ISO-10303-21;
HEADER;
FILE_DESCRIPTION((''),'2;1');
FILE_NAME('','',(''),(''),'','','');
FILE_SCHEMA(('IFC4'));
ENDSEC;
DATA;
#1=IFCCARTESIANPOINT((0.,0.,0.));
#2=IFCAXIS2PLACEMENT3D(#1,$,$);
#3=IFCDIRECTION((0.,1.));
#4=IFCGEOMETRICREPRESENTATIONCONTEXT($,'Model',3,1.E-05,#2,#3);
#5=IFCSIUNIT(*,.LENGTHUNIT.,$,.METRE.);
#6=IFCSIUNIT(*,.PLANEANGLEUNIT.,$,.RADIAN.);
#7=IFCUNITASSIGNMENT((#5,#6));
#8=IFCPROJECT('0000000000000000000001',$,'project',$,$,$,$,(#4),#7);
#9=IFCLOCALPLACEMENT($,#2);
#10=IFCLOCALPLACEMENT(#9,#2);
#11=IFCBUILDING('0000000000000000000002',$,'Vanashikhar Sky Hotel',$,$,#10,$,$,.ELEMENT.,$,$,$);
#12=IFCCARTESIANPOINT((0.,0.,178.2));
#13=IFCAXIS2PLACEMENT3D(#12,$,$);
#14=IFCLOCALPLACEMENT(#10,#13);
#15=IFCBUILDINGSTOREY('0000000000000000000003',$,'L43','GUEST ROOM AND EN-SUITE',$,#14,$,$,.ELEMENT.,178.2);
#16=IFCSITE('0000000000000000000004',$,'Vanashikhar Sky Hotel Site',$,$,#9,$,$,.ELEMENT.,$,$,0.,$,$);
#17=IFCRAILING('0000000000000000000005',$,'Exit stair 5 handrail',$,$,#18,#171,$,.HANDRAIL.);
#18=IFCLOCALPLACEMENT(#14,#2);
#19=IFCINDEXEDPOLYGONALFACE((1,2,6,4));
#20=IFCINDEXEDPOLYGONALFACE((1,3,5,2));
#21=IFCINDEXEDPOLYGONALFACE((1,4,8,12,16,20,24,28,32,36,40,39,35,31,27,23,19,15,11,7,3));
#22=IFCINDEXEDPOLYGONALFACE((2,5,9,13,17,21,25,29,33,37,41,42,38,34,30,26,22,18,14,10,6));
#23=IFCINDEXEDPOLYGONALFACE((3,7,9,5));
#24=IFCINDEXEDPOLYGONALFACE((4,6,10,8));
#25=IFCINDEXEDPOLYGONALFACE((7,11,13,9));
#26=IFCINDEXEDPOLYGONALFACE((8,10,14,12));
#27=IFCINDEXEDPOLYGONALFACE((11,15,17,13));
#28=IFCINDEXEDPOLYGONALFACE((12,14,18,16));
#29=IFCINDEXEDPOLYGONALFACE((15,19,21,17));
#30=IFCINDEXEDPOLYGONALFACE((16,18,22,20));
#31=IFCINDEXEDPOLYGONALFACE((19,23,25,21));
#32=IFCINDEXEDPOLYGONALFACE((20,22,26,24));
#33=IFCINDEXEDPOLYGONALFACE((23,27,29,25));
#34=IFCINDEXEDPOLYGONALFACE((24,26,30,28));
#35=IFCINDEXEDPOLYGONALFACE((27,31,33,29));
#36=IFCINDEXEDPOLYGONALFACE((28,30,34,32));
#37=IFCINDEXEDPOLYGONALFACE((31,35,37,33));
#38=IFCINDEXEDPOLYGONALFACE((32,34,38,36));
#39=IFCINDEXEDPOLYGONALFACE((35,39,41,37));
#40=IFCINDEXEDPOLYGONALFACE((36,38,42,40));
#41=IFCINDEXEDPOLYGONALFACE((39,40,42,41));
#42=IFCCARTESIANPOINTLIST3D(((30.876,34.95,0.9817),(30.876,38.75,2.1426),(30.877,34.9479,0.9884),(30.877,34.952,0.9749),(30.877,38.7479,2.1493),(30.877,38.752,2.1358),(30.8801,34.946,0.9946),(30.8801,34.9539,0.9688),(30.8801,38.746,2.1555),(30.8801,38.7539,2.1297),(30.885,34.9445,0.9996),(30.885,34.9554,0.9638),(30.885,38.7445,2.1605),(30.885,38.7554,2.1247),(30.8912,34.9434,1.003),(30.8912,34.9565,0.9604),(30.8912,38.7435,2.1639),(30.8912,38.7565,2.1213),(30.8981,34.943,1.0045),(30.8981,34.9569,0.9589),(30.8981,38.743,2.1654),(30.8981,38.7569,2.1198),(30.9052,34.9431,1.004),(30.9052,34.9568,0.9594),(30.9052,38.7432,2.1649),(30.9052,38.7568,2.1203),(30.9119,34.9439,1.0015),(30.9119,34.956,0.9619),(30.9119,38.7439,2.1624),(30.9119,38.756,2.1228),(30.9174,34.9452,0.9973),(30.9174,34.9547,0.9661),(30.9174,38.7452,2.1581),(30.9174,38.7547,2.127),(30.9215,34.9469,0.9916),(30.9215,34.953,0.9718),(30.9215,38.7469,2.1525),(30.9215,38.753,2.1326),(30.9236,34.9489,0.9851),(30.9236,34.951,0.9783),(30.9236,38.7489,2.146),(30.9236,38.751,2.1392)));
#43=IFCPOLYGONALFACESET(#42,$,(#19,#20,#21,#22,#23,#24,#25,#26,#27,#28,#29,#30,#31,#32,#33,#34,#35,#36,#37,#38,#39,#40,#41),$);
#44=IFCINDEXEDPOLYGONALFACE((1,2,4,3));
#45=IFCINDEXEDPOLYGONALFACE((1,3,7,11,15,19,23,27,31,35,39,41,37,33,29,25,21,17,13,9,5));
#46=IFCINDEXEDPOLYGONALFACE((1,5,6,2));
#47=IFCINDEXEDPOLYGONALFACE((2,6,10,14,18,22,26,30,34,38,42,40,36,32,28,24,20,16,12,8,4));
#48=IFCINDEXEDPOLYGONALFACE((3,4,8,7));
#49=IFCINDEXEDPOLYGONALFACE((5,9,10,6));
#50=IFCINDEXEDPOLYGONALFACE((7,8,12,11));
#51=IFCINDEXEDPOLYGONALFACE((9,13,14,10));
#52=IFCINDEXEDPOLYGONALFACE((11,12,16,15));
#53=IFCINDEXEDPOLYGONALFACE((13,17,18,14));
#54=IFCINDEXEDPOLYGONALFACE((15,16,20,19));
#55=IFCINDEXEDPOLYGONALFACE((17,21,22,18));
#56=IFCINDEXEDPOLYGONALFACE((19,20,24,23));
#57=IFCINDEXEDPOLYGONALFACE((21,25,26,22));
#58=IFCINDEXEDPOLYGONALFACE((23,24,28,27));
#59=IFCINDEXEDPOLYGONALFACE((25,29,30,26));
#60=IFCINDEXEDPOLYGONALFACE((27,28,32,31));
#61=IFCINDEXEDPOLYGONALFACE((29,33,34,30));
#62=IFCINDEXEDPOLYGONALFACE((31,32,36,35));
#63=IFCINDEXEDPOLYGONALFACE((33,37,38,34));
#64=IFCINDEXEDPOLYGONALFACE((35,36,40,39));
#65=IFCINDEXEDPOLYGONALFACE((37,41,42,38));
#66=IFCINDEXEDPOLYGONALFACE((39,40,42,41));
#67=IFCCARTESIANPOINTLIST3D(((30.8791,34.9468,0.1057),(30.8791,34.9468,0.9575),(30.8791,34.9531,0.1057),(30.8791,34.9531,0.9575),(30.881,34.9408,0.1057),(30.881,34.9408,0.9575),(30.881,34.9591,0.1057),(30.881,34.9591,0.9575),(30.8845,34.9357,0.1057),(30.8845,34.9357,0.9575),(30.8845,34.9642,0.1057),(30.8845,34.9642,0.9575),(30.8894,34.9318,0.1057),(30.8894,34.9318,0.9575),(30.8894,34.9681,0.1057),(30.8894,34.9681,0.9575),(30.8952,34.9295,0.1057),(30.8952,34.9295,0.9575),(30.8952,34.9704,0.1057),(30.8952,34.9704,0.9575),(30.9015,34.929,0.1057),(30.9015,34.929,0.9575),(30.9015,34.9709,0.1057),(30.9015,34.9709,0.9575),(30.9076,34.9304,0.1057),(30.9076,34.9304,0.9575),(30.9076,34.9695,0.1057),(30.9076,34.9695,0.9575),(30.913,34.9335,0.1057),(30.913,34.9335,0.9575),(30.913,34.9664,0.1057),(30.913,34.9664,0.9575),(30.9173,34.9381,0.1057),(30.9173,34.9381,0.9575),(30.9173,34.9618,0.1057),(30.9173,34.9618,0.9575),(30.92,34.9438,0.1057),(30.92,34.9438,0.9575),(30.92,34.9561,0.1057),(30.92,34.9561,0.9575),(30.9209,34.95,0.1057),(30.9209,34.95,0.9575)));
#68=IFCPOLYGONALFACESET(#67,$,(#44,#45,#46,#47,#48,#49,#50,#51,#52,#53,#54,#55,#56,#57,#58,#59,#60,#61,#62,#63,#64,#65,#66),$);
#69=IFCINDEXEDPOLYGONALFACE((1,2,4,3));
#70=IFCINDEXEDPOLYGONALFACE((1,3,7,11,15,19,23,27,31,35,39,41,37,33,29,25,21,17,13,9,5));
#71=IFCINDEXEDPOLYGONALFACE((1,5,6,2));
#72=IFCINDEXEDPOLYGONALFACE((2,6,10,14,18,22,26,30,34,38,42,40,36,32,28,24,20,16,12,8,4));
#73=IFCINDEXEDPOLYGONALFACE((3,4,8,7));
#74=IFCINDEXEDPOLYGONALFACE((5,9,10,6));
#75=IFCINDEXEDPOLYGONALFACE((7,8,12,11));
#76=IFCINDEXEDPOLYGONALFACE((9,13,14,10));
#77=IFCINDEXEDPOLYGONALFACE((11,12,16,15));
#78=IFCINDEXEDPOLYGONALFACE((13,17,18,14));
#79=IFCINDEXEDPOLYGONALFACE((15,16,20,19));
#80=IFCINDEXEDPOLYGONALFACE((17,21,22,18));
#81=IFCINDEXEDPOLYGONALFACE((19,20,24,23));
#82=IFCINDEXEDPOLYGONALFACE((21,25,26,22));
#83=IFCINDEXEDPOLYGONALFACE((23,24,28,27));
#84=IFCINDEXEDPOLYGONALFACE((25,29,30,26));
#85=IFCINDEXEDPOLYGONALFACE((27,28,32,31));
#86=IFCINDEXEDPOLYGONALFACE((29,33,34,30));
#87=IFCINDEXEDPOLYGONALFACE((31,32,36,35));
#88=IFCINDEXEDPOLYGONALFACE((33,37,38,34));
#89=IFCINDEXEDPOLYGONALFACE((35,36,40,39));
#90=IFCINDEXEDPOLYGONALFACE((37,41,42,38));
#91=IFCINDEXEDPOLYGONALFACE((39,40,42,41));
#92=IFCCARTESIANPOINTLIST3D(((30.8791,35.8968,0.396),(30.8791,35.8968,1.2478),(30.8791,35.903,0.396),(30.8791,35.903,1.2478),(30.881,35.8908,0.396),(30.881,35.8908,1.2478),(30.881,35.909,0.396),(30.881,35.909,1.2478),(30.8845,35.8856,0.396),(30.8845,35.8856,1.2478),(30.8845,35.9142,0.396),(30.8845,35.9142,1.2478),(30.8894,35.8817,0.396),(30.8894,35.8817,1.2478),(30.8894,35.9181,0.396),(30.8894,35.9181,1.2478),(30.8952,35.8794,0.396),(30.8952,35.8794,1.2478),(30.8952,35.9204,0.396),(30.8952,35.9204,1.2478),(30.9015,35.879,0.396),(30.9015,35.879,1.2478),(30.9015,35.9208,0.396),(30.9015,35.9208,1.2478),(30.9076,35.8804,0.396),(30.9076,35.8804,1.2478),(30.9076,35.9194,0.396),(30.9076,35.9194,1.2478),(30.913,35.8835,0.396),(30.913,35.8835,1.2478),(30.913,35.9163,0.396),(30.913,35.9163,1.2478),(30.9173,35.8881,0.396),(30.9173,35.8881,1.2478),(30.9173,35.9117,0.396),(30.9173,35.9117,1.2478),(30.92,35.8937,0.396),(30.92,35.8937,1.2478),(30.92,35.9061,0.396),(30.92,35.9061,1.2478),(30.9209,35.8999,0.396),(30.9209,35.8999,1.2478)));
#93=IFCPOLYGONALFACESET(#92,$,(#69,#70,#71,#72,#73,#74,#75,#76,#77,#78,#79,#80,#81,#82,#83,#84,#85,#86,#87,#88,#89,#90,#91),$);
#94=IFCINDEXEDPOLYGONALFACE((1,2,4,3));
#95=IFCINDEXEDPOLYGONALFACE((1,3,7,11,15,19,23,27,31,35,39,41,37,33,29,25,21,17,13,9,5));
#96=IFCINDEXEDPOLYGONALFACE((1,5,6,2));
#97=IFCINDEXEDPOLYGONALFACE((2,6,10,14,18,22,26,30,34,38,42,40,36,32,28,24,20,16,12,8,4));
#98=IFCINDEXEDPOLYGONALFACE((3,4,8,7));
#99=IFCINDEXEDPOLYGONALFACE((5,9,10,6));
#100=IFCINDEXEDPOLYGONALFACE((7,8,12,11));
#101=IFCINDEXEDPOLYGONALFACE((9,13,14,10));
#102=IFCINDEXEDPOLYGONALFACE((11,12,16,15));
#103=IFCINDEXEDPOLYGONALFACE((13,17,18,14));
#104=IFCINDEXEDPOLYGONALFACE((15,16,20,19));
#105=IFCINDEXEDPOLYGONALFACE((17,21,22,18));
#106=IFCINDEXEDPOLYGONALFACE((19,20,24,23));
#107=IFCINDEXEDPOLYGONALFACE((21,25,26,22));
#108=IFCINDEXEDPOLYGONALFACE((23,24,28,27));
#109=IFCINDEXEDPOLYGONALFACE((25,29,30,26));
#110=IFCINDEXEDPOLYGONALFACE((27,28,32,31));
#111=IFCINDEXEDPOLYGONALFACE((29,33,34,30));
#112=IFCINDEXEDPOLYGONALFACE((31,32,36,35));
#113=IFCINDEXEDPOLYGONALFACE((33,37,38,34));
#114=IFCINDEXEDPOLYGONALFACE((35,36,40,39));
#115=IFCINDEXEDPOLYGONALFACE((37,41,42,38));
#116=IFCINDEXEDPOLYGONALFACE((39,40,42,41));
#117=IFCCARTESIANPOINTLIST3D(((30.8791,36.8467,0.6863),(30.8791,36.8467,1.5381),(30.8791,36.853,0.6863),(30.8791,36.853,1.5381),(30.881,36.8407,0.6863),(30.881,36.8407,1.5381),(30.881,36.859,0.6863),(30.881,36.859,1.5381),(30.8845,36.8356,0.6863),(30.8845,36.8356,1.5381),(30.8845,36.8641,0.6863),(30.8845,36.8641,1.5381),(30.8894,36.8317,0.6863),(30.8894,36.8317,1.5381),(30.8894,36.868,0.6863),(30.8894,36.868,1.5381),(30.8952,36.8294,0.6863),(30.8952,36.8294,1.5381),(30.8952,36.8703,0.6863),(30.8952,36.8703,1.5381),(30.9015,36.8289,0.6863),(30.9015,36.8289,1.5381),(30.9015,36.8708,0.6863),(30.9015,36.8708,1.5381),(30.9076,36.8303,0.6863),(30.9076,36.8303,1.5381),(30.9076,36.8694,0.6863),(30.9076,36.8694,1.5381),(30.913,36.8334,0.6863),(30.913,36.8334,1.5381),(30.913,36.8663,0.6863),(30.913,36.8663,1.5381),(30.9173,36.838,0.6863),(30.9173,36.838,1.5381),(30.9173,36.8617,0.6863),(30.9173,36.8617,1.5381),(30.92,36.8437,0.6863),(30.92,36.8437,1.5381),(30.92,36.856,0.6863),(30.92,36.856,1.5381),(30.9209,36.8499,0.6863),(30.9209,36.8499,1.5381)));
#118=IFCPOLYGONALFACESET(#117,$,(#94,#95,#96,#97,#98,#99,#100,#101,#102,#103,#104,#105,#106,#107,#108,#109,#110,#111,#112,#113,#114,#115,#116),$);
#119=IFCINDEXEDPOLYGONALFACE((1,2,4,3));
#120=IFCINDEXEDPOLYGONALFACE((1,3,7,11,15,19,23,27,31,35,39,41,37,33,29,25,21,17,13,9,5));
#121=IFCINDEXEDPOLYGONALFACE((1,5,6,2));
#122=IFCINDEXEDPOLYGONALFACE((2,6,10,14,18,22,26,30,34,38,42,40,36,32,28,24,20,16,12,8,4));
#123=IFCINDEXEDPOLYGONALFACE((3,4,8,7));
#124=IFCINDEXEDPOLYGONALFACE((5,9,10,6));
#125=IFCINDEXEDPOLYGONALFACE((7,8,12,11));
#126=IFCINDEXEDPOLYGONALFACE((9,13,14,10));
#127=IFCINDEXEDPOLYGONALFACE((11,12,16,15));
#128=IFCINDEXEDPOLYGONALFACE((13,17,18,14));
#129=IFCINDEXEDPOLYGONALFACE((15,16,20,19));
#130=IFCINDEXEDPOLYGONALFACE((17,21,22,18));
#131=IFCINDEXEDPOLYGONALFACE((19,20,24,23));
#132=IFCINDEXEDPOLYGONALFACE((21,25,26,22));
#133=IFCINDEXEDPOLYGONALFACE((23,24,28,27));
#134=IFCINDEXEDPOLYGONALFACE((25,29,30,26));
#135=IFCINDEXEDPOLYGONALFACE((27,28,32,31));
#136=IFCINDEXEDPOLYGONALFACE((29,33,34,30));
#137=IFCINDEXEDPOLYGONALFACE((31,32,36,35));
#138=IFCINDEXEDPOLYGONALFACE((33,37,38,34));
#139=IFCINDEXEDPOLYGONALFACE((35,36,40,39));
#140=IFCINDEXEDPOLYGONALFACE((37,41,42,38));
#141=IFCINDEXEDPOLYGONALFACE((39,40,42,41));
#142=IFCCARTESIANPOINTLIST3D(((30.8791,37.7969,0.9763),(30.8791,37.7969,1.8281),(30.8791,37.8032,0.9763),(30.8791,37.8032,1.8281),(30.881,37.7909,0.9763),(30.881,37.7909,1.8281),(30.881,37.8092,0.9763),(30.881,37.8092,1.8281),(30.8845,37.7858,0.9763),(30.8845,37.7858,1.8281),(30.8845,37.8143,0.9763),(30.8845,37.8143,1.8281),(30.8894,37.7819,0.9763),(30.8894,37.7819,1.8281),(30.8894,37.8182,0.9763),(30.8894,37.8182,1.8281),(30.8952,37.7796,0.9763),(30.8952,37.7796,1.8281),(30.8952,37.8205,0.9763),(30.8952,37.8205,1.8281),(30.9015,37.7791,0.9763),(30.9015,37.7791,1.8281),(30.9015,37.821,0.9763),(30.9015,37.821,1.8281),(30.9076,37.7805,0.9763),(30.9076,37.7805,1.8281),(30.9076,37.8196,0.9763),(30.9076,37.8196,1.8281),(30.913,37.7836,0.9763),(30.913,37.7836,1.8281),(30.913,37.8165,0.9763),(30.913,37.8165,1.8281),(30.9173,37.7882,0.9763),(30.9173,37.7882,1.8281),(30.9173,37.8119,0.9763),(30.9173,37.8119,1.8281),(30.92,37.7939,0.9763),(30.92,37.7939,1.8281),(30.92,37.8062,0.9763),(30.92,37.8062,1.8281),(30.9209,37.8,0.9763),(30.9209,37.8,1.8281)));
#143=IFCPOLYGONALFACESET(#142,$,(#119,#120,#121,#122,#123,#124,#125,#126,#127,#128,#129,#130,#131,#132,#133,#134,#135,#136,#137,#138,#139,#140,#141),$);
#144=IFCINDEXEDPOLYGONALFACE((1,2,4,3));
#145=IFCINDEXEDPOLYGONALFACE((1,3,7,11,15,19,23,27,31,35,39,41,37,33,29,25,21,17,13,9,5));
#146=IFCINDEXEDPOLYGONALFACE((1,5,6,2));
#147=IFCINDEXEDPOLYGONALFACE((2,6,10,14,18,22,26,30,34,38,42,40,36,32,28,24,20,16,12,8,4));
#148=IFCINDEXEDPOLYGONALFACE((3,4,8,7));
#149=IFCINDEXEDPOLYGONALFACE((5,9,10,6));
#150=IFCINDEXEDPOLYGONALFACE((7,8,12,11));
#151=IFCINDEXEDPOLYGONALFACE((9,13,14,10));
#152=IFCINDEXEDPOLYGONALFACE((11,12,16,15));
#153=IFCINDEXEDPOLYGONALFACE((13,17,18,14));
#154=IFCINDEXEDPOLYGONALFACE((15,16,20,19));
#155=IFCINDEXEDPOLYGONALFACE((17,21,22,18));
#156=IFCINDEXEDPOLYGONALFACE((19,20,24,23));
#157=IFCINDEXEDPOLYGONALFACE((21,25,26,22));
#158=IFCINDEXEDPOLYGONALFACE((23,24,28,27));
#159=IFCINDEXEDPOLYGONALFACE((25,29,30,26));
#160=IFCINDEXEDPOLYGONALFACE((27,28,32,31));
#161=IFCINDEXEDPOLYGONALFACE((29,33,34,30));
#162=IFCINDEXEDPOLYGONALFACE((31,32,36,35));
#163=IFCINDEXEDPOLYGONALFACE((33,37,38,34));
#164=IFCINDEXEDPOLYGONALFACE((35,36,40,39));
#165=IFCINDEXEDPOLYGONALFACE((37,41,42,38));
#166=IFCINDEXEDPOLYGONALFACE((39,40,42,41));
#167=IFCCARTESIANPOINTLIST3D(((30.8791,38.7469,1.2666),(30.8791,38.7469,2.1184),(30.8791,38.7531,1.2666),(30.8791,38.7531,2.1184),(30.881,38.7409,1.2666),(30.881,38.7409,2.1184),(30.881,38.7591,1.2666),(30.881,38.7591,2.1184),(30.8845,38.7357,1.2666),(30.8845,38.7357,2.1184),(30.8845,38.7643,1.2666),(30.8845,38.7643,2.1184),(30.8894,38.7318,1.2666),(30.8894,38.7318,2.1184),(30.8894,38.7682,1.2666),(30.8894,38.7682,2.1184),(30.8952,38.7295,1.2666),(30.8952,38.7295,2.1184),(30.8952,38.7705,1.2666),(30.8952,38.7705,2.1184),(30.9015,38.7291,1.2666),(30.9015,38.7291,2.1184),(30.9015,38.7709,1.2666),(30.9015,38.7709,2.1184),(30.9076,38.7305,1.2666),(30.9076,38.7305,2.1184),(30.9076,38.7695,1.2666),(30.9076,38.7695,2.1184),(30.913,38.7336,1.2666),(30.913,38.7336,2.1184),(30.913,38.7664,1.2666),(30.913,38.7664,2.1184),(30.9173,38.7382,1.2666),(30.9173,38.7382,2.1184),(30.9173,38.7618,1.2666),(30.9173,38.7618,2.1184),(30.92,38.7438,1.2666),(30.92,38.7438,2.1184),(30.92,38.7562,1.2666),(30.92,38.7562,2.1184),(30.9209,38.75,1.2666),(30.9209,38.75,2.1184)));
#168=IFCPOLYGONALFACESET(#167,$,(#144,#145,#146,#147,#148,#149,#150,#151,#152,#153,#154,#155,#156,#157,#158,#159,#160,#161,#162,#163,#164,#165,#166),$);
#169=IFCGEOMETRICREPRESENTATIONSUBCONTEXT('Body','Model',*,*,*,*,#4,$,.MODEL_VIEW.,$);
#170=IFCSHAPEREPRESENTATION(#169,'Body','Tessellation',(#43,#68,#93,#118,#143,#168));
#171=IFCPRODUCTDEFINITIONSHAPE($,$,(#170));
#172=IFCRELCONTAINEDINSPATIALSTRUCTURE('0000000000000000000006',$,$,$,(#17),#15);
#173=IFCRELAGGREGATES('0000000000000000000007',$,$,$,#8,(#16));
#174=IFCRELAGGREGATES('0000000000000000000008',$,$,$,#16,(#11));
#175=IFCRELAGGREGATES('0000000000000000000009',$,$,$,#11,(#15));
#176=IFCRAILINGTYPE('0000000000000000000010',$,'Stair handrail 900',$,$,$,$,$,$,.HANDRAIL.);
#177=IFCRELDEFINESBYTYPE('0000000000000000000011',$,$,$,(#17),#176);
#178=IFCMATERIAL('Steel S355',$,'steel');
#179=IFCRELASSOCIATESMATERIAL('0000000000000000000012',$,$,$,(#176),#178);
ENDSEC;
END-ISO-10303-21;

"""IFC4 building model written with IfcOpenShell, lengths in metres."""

from ifc_helpers import new_model, si_unit, direction, frame, origin, origin_2d, place, context, subcontext, project, spatial, circle, extrude, source, transform, mapped, material, type_object, element, save


model = new_model("IFC4")

# Units and contexts
model_context = context("Model", 3, precision=1e-05, world=origin(), true_north=direction((0.0, 1.0)))
body_context = subcontext(model_context, "Body", "Model", "MODEL_VIEW")
ifc_project = project(units=[si_unit("LENGTHUNIT", "METRE"), si_unit("PLANEANGLEUNIT", "RADIAN")], contexts=[model_context])

# Site, building, storey
site_placement = place(None, origin())
site = spatial("IfcSite", under=ifc_project, at=site_placement, Name="Vanashikhar Sky Hotel Site", CompositionType="ELEMENT", RefElevation=0.0)
building_placement = place(site_placement, origin())
building = spatial("IfcBuilding", under=site, at=building_placement, Name="Vanashikhar Sky Hotel", CompositionType="ELEMENT")
storey_placement = place(building_placement, frame((0.0, 0.0, 178.2)))
storey = spatial("IfcBuildingStorey", under=building, at=storey_placement, Name="L43", Description="GUEST ROOM AND EN-SUITE", CompositionType="ELEMENT", Elevation=178.2)

# Railing
ifc_material_1 = material(Name="Steel S355", Category="steel")
railing_type = type_object("IfcRailingType", Name="Stair handrail 900", PredefinedType="HANDRAIL", material=ifc_material_1)
shared_shape_1 = source(origin(), body_context, "Body", "SweptSolid", [
    extrude(circle(Radius=0.0239, at=origin_2d()), frame((0.0, 0.0, 0.876), z_axis=(0.0, 0.956368, 0.292164), x_axis=(-1.0, 0.0, 0.0)), (0.0, 0.0, 1.0), 3.9734),
    extrude(circle(Radius=0.021, at=origin_2d()), origin(), (0.0, 0.0, 1.0), 0.8518),
    extrude(circle(Radius=0.021, at=origin_2d()), frame((0.0, 0.95, 0.2903)), (0.0, 0.0, 1.0), 0.8518),
    extrude(circle(Radius=0.021, at=origin_2d()), frame((0.0, 1.8999, 0.5806)), (0.0, 0.0, 1.0), 0.8518),
    extrude(circle(Radius=0.021, at=origin_2d()), frame((0.0, 2.8501, 0.8706)), (0.0, 0.0, 1.0), 0.8518),
    extrude(circle(Radius=0.021, at=origin_2d()), frame((0.0, 3.8, 1.1609)), (0.0, 0.0, 1.0), 0.8518),
])
for number, where, name in (
    (1, (30.8999, 34.95, 0.1057), "Exit stair 5 handrail"),
):
    element("IfcRailing", number, at=place(storey_placement, frame(where)), inside=storey, type_object=railing_type, Name=name, PredefinedType="HANDRAIL", context=body_context, shape_type="MappedRepresentation", body=[
        mapped(shared_shape_1, transform((0.0, 0.0, 0.0), scale=1.0)),
    ])

save(model, "model.ifc")
